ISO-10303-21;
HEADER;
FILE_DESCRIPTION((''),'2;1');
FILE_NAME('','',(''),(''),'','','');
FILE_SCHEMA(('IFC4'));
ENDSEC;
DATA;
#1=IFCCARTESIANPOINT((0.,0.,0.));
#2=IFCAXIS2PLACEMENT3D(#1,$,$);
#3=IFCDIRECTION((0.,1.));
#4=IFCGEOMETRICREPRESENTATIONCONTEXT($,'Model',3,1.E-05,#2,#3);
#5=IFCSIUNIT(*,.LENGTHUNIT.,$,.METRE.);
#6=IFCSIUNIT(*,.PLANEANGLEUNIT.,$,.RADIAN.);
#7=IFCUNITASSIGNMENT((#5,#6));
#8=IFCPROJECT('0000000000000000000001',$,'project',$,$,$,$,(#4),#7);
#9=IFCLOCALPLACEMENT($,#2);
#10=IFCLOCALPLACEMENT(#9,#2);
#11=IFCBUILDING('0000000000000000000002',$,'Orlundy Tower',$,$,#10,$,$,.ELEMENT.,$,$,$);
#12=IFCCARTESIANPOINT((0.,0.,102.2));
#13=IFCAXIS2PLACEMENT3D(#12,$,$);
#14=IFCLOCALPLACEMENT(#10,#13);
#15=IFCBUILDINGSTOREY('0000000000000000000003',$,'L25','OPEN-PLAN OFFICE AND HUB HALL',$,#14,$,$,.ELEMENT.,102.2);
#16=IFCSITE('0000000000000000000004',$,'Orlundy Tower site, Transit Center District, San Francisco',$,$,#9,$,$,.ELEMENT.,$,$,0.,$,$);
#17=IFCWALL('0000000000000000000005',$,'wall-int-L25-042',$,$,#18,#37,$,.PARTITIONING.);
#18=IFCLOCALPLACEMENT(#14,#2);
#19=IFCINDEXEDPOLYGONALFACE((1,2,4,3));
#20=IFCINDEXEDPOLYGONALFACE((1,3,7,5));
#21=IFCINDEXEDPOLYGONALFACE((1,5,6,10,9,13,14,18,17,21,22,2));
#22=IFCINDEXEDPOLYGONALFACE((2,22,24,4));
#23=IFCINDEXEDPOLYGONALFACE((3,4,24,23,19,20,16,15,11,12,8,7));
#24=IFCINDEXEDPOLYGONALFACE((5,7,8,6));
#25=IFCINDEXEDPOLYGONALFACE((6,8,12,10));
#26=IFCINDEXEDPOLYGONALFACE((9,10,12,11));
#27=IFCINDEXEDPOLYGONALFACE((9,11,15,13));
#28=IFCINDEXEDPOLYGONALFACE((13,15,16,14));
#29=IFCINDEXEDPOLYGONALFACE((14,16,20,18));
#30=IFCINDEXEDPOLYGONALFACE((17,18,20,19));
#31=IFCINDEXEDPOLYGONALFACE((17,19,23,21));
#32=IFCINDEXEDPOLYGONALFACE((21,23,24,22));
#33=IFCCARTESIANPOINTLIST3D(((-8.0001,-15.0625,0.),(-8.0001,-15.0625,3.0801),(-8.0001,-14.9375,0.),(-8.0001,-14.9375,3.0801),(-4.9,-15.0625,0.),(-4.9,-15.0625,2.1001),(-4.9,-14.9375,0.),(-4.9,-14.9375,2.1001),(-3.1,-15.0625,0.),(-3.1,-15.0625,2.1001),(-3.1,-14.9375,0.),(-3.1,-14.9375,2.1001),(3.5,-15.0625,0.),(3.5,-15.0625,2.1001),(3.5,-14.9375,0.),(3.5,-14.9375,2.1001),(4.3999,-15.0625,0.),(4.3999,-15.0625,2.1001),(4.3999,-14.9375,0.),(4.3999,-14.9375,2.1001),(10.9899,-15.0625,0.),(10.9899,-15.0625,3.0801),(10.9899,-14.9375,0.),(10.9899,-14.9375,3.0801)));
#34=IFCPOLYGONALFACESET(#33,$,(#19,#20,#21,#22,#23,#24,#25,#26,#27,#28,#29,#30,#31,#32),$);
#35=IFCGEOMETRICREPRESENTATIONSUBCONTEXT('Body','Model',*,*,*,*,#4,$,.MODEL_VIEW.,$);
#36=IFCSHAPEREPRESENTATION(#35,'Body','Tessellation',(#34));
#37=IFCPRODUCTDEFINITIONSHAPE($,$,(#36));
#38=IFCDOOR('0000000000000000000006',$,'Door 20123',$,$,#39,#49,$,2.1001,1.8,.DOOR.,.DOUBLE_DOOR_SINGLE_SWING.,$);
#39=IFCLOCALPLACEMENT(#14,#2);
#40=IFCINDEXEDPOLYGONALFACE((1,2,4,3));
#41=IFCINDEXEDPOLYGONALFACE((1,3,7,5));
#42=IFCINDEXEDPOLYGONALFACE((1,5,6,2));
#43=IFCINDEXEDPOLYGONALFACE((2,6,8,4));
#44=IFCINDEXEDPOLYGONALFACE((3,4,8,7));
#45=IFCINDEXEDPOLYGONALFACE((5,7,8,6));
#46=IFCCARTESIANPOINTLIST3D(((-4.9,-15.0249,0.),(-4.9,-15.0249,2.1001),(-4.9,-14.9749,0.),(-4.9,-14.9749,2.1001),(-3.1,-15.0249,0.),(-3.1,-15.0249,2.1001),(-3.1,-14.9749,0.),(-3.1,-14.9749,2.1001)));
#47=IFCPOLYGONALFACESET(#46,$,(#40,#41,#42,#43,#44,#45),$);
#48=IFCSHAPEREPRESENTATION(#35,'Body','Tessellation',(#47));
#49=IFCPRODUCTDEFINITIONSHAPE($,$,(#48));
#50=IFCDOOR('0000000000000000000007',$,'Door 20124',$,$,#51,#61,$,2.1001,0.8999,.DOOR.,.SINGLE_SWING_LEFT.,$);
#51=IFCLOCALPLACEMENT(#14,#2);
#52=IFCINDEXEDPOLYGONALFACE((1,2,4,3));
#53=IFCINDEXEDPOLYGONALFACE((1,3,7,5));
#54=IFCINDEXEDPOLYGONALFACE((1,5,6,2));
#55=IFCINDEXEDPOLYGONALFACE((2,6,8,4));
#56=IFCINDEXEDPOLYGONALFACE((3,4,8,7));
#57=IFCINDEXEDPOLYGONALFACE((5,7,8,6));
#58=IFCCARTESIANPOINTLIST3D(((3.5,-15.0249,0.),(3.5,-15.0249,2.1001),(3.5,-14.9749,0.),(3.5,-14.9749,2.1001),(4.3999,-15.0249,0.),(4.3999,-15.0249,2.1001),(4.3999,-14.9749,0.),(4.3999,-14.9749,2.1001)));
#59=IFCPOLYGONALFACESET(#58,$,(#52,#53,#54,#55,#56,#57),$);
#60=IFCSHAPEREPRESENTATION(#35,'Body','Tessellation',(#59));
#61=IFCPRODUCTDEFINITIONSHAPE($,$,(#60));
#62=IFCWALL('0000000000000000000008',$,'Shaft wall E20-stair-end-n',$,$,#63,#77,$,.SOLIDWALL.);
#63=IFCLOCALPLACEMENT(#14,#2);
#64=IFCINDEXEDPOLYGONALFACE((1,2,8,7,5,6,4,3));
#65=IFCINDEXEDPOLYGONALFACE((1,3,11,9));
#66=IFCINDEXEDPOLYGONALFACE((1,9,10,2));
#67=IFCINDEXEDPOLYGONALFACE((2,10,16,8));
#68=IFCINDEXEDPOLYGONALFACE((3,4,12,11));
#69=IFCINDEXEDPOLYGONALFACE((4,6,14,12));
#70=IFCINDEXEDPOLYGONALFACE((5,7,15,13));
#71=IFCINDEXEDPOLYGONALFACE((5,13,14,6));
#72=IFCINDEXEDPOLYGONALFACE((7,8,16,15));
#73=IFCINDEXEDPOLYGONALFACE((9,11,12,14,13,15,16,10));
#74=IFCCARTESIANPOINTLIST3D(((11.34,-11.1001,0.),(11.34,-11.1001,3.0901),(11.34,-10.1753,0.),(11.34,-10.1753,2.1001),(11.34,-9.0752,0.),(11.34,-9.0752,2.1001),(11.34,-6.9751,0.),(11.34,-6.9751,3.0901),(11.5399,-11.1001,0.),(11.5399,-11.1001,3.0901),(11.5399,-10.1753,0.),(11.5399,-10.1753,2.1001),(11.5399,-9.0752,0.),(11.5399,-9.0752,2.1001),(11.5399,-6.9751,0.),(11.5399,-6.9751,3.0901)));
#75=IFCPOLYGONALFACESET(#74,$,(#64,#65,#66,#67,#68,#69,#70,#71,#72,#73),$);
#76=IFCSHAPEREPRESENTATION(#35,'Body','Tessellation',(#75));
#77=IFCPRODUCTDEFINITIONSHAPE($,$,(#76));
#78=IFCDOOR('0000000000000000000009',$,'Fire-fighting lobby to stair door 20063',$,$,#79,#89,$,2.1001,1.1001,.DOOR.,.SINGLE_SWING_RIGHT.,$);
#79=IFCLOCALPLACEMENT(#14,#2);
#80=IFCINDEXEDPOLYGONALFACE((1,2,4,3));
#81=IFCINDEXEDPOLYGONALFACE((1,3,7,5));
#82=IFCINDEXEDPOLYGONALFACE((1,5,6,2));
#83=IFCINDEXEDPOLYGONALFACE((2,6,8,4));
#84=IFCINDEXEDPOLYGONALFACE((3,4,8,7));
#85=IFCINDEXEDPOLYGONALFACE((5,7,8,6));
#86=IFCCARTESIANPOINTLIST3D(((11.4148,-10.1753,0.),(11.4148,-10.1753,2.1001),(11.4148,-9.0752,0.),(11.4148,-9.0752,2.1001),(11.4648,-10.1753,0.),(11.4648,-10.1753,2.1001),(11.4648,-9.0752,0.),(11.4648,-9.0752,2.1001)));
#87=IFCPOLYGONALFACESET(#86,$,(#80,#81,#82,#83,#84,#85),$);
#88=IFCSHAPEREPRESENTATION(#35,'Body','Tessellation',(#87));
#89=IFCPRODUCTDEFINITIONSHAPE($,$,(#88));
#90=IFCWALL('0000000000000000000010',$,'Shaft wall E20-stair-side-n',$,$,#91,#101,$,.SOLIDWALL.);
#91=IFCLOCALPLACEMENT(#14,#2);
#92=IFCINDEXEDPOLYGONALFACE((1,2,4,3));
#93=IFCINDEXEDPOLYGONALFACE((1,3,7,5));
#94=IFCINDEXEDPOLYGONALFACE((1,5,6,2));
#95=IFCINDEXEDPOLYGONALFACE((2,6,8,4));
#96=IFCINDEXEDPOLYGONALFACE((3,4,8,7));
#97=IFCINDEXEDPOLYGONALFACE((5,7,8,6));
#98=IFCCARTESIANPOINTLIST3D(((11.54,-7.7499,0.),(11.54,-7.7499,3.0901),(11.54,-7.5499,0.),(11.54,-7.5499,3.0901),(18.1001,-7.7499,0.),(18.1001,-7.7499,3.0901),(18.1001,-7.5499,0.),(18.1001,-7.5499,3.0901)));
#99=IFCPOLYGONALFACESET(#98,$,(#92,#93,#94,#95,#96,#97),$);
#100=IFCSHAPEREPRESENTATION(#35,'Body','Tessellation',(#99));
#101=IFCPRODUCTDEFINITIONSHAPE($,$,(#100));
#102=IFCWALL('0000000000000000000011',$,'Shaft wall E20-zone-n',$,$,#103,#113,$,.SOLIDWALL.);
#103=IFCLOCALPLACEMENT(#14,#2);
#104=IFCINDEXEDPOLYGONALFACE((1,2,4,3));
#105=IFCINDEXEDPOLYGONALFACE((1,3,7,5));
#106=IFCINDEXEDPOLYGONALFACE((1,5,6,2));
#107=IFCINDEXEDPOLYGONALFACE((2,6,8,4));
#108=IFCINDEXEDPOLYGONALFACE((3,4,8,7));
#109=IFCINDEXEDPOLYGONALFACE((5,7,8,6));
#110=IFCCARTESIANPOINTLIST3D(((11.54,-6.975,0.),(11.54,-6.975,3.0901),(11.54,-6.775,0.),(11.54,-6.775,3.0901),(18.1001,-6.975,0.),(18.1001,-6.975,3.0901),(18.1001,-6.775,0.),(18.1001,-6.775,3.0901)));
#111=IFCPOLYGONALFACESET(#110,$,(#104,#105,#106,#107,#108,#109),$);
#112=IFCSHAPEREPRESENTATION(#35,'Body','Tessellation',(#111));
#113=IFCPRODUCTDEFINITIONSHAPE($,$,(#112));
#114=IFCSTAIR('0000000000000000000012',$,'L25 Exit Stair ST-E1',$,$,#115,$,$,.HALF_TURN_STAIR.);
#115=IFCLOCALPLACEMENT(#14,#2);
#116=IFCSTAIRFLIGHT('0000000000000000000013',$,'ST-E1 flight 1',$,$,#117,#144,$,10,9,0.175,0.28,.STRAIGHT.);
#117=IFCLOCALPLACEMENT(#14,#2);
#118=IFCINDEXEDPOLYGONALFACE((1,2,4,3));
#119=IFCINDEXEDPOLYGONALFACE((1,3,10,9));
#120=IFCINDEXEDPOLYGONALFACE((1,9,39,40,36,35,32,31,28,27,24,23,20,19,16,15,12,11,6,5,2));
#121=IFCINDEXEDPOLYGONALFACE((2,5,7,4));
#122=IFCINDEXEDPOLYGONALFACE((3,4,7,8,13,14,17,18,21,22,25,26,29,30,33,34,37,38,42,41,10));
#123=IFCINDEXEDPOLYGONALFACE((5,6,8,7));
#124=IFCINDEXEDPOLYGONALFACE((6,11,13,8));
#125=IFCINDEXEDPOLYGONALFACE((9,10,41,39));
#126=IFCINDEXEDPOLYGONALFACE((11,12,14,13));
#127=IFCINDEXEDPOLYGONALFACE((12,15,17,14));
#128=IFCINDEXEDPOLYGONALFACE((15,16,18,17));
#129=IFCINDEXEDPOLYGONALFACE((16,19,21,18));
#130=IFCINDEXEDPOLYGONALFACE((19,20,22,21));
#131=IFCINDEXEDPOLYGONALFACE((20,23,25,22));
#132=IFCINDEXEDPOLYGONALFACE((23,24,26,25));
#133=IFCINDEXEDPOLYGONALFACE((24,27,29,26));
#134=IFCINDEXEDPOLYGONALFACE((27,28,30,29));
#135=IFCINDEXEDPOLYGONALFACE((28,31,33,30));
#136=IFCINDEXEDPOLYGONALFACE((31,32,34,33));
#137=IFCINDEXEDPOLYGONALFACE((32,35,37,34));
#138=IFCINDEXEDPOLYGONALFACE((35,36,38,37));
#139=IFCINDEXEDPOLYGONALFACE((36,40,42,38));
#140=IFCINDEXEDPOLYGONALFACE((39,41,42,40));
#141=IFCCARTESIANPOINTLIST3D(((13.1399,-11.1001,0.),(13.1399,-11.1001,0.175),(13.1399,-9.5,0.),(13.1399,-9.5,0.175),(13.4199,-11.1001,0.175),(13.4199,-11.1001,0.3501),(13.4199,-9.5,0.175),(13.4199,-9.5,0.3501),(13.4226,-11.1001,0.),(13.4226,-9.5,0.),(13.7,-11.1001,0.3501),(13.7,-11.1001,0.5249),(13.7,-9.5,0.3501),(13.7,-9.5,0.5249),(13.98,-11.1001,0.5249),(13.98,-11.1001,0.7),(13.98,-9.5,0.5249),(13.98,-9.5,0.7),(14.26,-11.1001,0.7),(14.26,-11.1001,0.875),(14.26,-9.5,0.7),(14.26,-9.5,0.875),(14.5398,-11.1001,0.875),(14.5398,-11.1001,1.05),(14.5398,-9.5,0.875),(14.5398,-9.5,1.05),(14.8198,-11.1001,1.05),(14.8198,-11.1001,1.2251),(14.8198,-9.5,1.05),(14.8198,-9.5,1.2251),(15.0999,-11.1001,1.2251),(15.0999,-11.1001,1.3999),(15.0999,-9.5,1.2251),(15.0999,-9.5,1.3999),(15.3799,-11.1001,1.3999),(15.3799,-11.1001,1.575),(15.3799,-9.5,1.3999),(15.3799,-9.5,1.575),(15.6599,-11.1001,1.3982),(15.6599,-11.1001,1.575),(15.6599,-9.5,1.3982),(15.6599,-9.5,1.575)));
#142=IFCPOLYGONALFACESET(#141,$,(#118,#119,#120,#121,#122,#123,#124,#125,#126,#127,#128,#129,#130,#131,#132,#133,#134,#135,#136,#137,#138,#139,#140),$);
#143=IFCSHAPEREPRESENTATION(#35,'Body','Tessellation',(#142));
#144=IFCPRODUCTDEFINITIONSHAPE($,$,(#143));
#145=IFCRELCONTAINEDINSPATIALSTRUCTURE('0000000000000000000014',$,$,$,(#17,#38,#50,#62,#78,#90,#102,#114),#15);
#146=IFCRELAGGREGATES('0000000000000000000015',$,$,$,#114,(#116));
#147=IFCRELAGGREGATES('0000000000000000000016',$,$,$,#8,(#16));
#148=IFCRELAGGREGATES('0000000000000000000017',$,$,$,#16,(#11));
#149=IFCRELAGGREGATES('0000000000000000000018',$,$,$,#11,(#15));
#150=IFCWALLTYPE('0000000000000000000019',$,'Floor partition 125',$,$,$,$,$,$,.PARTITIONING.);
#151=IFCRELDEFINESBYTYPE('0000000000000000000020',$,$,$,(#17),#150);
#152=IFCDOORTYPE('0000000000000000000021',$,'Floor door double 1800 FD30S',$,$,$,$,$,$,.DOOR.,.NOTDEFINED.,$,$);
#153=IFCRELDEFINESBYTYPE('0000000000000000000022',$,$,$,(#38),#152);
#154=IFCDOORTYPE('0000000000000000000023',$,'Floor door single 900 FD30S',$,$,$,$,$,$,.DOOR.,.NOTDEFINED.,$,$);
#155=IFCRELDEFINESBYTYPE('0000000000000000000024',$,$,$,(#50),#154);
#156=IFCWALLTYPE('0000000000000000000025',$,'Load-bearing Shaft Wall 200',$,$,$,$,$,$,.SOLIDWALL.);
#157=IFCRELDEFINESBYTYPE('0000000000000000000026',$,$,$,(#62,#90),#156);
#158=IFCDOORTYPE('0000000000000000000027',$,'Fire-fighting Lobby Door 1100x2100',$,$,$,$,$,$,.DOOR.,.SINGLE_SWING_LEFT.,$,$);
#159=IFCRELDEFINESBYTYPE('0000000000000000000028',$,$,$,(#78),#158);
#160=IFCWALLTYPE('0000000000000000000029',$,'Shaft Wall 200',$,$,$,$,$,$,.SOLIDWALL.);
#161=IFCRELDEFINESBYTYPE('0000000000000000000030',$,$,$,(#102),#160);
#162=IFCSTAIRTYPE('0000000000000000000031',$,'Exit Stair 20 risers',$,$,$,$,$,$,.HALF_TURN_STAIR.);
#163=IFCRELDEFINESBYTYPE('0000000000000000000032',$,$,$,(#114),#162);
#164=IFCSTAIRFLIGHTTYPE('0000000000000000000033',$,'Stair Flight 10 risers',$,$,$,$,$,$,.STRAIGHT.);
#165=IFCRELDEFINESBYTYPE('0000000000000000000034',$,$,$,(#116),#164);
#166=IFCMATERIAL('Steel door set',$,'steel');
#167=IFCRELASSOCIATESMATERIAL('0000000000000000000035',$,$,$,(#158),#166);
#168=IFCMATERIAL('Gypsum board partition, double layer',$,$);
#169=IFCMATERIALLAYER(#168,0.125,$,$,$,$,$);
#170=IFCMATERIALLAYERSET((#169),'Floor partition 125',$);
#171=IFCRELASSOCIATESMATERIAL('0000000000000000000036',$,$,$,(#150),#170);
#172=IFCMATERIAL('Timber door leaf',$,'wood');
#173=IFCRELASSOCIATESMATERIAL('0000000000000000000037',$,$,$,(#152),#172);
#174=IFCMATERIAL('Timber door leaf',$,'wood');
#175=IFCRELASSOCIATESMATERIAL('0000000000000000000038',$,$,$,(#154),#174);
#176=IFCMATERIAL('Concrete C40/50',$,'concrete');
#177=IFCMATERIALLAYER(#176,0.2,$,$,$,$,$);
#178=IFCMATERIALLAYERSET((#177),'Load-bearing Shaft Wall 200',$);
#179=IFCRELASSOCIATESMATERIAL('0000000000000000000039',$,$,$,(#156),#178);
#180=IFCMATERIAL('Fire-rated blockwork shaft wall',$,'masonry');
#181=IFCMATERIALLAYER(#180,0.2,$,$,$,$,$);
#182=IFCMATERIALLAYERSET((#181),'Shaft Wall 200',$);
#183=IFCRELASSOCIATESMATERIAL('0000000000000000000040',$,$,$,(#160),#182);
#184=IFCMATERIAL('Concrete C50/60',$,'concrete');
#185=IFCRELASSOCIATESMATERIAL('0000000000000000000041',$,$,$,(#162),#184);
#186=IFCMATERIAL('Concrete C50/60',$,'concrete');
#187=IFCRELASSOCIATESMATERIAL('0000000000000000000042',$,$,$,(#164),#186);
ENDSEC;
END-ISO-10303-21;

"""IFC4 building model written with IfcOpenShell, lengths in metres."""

from ifc_helpers import new_model, si_unit, direction, frame, frame_2d, origin, place, context, subcontext, project, spatial, polyline, rectangle, outline, extrude, material, layer, layer_set, type_object, element, fill, aggregate, save


model = new_model("IFC4")

# Units and contexts
model_context = context("Model", 3, precision=1e-05, world=origin(), true_north=direction((0.0, 1.0)))
body_context = subcontext(model_context, "Body", "Model", "MODEL_VIEW")
ifc_project = project(units=[si_unit("LENGTHUNIT", "METRE"), si_unit("PLANEANGLEUNIT", "RADIAN")], contexts=[model_context])

# Site, building, storey
site_placement = place(None, origin())
site = spatial("IfcSite", under=ifc_project, at=site_placement, Name="Orlundy Tower site, Transit Center District, San Francisco", CompositionType="ELEMENT", RefElevation=0.0)
building_placement = place(site_placement, origin())
building = spatial("IfcBuilding", under=site, at=building_placement, Name="Orlundy Tower", CompositionType="ELEMENT")
storey_placement = place(building_placement, frame((0.0, 0.0, 102.2)))
storey = spatial("IfcBuildingStorey", under=building, at=storey_placement, Name="L25", Description="OPEN-PLAN OFFICE AND HUB HALL", CompositionType="ELEMENT", Elevation=102.2)

# Wall, openings, doors
ifc_material_1 = material(Name="Steel door set", Category="steel")
door_type_1 = type_object("IfcDoorType", Name="Fire-fighting Lobby Door 1100x2100", OperationType="SINGLE_SWING_LEFT", PredefinedType="DOOR", material=ifc_material_1)
ifc_material_2 = material(Name="Gypsum board partition, double layer")
ifc_layer_1 = layer(ifc_material_2, 0.125)
ifc_layer_set_1 = layer_set([ifc_layer_1], Name="Floor partition 125")
wall_type_1 = type_object("IfcWallType", Name="Floor partition 125", PredefinedType="PARTITIONING", material=ifc_layer_set_1)
wall_1_placement = place(storey_placement, frame((10.99, -15.0, 0.0), z_axis=(0.0, 0.0, 1.0), x_axis=(-1.0, 0.0, 0.0)))
wall_1 = element("IfcWall", 1, at=wall_1_placement, inside=storey, type_object=wall_type_1, Name="wall-int-L25-042", PredefinedType="PARTITIONING", context=body_context, shape_type="SweptSolid", body=[
    extrude(rectangle(XDim=18.99, YDim=0.125, at=frame_2d((9.4951, 0.0))), origin(), (0.0, 0.0, 1.0), 3.0801),
])
opening_1_placement = place(wall_1_placement, frame((14.0901, 0.0, 0.0)))
opening_1 = element("IfcOpeningElement", 2, at=opening_1_placement, cuts=wall_1, PredefinedType="OPENING", context=body_context, shape_type="SweptSolid", body=[
    extrude(rectangle(XDim=1.8, YDim=2.1001, at=frame_2d((0.8999, 1.05))), frame((0.0, 0.0725, 0.0), z_axis=(0.0, -1.0, 0.0), x_axis=(1.0, 0.0, 0.0)), (0.0, 0.0, 1.0), 0.145),
])
opening_2_placement = place(wall_1_placement, frame((6.5901, 0.0, 0.0)))
opening_2 = element("IfcOpeningElement", 3, at=opening_2_placement, cuts=wall_1, PredefinedType="OPENING", context=body_context, shape_type="SweptSolid", body=[
    extrude(rectangle(XDim=0.8999, YDim=2.1001, at=frame_2d((0.45, 1.05))), frame((0.0, 0.0725, 0.0), z_axis=(0.0, -1.0, 0.0), x_axis=(1.0, 0.0, 0.0)), (0.0, 0.0, 1.0), 0.145),
])
ifc_material_3 = material(Name="Timber door leaf", Category="wood")
door_type_2 = type_object("IfcDoorType", Name="Floor door double 1800 FD30S", OperationType="NOTDEFINED", PredefinedType="DOOR", material=ifc_material_3)
door_1_placement = place(opening_1_placement, origin())
door_1 = element("IfcDoor", 4, at=door_1_placement, inside=storey, type_object=door_type_2, Name="Door 20123", OperationType="DOUBLE_DOOR_SINGLE_SWING", OverallHeight=2.1001, OverallWidth=1.8, PredefinedType="DOOR", context=body_context, shape_type="SweptSolid", body=[
    extrude(rectangle(XDim=1.8, YDim=2.1001, at=frame_2d((0.8999, 1.05))), frame((0.0, 0.0249, 0.0), z_axis=(0.0, -1.0, 0.0), x_axis=(1.0, 0.0, 0.0)), (0.0, 0.0, 1.0), 0.05),
])
fill(opening_1, door_1)
ifc_material_4 = material(Name="Timber door leaf", Category="wood")
door_type_3 = type_object("IfcDoorType", Name="Floor door single 900 FD30S", OperationType="NOTDEFINED", PredefinedType="DOOR", material=ifc_material_4)
door_2_placement = place(opening_2_placement, origin())
door_2 = element("IfcDoor", 5, at=door_2_placement, inside=storey, type_object=door_type_3, Name="Door 20124", OperationType="SINGLE_SWING_LEFT", OverallHeight=2.1001, OverallWidth=0.8999, PredefinedType="DOOR", context=body_context, shape_type="SweptSolid", body=[
    extrude(rectangle(XDim=0.8999, YDim=2.1001, at=frame_2d((0.45, 1.05))), frame((0.0, 0.0249, 0.0), z_axis=(0.0, -1.0, 0.0), x_axis=(1.0, 0.0, 0.0)), (0.0, 0.0, 1.0), 0.05),
])
fill(opening_2, door_2)

# Wall, opening, door
ifc_material_5 = material(Name="Concrete C40/50", Category="concrete")
ifc_layer_2 = layer(ifc_material_5, 0.2)
ifc_layer_set_2 = layer_set([ifc_layer_2], Name="Load-bearing Shaft Wall 200")
wall_type_2 = type_object("IfcWallType", Name="Load-bearing Shaft Wall 200", PredefinedType="SOLIDWALL", material=ifc_layer_set_2)
wall_2_placement = place(storey_placement, frame((11.4399, -6.9751, 0.0), z_axis=(0.0, 0.0, 1.0), x_axis=(0.0, -1.0, 0.0)))
wall_2 = element("IfcWall", 6, at=wall_2_placement, inside=storey, type_object=wall_type_2, Name="Shaft wall E20-stair-end-n", PredefinedType="SOLIDWALL", context=body_context, shape_type="SweptSolid", body=[
    extrude(rectangle(XDim=4.125, YDim=0.2, at=frame_2d((2.0625, 0.0))), origin(), (0.0, 0.0, 1.0), 3.0901),
])
opening_3_placement = place(wall_2_placement, frame((2.1001, 0.0, 0.0)))
opening_3 = element("IfcOpeningElement", 7, at=opening_3_placement, cuts=wall_2, PredefinedType="OPENING", context=body_context, shape_type="SweptSolid", body=[
    extrude(rectangle(XDim=1.1001, YDim=2.1001, at=frame_2d((0.55, 1.05))), frame((0.0, 0.1101, 0.0), z_axis=(0.0, -1.0, 0.0), x_axis=(1.0, 0.0, 0.0)), (0.0, 0.0, 1.0), 0.2202),
])
door_3_placement = place(opening_3_placement, origin())
door_3 = element("IfcDoor", 8, at=door_3_placement, inside=storey, type_object=door_type_1, Name="Fire-fighting lobby to stair door 20063", OperationType="SINGLE_SWING_RIGHT", OverallHeight=2.1001, OverallWidth=1.1001, PredefinedType="DOOR", context=body_context, shape_type="SweptSolid", body=[
    extrude(rectangle(XDim=1.1001, YDim=2.1001, at=frame_2d((0.55, 1.05))), frame((0.0, 0.0249, 0.0), z_axis=(0.0, -1.0, 0.0), x_axis=(1.0, 0.0, 0.0)), (0.0, 0.0, 1.0), 0.05),
])
fill(opening_3, door_3)

# Walls
wall_3_placement = place(storey_placement, frame((11.54, -7.6499, 0.0), z_axis=(0.0, 0.0, 1.0), x_axis=(1.0, 0.0, 0.0)))
element("IfcWall", 9, at=wall_3_placement, inside=storey, type_object=wall_type_2, Name="Shaft wall E20-stair-side-n", PredefinedType="SOLIDWALL", context=body_context, shape_type="SweptSolid", body=[
    extrude(rectangle(XDim=6.5601, YDim=0.2, at=frame_2d((3.28, 0.0))), origin(), (0.0, 0.0, 1.0), 3.0901),
])
ifc_material_6 = material(Name="Fire-rated blockwork shaft wall", Category="masonry")
ifc_layer_3 = layer(ifc_material_6, 0.2)
ifc_layer_set_3 = layer_set([ifc_layer_3], Name="Shaft Wall 200")
wall_type_3 = type_object("IfcWallType", Name="Shaft Wall 200", PredefinedType="SOLIDWALL", material=ifc_layer_set_3)
wall_4_placement = place(storey_placement, frame((11.54, -6.875, 0.0), z_axis=(0.0, 0.0, 1.0), x_axis=(1.0, 0.0, 0.0)))
element("IfcWall", 10, at=wall_4_placement, inside=storey, type_object=wall_type_3, Name="Shaft wall E20-zone-n", PredefinedType="SOLIDWALL", context=body_context, shape_type="SweptSolid", body=[
    extrude(rectangle(XDim=6.5601, YDim=0.2, at=frame_2d((3.28, 0.0))), origin(), (0.0, 0.0, 1.0), 3.0901),
])

# Stair, stair flight
ifc_material_7 = material(Name="Concrete C50/60", Category="concrete")
stair_type = type_object("IfcStairType", Name="Exit Stair 20 risers", PredefinedType="HALF_TURN_STAIR", material=ifc_material_7)
stair_placement = place(storey_placement, origin())
stair = element("IfcStair", 11, at=stair_placement, inside=storey, type_object=stair_type, Name="L25 Exit Stair ST-E1", PredefinedType="HALF_TURN_STAIR")
ifc_material_8 = material(Name="Concrete C50/60", Category="concrete")
stair_flight_type = type_object("IfcStairFlightType", Name="Stair Flight 10 risers", PredefinedType="STRAIGHT", material=ifc_material_8)
stair_flight_1_placement = place(storey_placement, frame((13.1399, -10.3, 0.0), z_axis=(0.0, 0.0, 1.0), x_axis=(1.0, 0.0, 0.0)))
stair_flight_1 = element("IfcStairFlight", 12, at=stair_flight_1_placement, type_object=stair_flight_type, Name="ST-E1 flight 1", NumberOfRisers=10, NumberOfTreads=9, PredefinedType="STRAIGHT", RiserHeight=0.175, TreadLength=0.28, context=body_context, shape_type="SweptSolid", body=[
    extrude(outline(polyline([(0.0, 0.0), (0.0, 0.175), (0.28, 0.175), (0.28, 0.3501), (0.5601, 0.3501), (0.5601, 0.5249), (0.8401, 0.5249), (0.8401, 0.7), (1.1201, 0.7), (1.1201, 0.875), (1.3999, 0.875), (1.3999, 1.05), (1.6799, 1.05), (1.6799, 1.2251), (1.96, 1.2251), (1.96, 1.3999), (2.24, 1.3999), (2.24, 1.575), (2.52, 1.575), (2.52, 1.75), (2.52, 1.3982), (0.2827, 0.0), (0.0, 0.0)])), frame((0.0, 0.8, 0.0), z_axis=(0.0, -1.0, 0.0), x_axis=(1.0, 0.0, 0.0)), (0.0, 0.0, 1.0), 1.6001),
])
aggregate(stair, [stair_flight_1])

save(model, "model.ifc")
